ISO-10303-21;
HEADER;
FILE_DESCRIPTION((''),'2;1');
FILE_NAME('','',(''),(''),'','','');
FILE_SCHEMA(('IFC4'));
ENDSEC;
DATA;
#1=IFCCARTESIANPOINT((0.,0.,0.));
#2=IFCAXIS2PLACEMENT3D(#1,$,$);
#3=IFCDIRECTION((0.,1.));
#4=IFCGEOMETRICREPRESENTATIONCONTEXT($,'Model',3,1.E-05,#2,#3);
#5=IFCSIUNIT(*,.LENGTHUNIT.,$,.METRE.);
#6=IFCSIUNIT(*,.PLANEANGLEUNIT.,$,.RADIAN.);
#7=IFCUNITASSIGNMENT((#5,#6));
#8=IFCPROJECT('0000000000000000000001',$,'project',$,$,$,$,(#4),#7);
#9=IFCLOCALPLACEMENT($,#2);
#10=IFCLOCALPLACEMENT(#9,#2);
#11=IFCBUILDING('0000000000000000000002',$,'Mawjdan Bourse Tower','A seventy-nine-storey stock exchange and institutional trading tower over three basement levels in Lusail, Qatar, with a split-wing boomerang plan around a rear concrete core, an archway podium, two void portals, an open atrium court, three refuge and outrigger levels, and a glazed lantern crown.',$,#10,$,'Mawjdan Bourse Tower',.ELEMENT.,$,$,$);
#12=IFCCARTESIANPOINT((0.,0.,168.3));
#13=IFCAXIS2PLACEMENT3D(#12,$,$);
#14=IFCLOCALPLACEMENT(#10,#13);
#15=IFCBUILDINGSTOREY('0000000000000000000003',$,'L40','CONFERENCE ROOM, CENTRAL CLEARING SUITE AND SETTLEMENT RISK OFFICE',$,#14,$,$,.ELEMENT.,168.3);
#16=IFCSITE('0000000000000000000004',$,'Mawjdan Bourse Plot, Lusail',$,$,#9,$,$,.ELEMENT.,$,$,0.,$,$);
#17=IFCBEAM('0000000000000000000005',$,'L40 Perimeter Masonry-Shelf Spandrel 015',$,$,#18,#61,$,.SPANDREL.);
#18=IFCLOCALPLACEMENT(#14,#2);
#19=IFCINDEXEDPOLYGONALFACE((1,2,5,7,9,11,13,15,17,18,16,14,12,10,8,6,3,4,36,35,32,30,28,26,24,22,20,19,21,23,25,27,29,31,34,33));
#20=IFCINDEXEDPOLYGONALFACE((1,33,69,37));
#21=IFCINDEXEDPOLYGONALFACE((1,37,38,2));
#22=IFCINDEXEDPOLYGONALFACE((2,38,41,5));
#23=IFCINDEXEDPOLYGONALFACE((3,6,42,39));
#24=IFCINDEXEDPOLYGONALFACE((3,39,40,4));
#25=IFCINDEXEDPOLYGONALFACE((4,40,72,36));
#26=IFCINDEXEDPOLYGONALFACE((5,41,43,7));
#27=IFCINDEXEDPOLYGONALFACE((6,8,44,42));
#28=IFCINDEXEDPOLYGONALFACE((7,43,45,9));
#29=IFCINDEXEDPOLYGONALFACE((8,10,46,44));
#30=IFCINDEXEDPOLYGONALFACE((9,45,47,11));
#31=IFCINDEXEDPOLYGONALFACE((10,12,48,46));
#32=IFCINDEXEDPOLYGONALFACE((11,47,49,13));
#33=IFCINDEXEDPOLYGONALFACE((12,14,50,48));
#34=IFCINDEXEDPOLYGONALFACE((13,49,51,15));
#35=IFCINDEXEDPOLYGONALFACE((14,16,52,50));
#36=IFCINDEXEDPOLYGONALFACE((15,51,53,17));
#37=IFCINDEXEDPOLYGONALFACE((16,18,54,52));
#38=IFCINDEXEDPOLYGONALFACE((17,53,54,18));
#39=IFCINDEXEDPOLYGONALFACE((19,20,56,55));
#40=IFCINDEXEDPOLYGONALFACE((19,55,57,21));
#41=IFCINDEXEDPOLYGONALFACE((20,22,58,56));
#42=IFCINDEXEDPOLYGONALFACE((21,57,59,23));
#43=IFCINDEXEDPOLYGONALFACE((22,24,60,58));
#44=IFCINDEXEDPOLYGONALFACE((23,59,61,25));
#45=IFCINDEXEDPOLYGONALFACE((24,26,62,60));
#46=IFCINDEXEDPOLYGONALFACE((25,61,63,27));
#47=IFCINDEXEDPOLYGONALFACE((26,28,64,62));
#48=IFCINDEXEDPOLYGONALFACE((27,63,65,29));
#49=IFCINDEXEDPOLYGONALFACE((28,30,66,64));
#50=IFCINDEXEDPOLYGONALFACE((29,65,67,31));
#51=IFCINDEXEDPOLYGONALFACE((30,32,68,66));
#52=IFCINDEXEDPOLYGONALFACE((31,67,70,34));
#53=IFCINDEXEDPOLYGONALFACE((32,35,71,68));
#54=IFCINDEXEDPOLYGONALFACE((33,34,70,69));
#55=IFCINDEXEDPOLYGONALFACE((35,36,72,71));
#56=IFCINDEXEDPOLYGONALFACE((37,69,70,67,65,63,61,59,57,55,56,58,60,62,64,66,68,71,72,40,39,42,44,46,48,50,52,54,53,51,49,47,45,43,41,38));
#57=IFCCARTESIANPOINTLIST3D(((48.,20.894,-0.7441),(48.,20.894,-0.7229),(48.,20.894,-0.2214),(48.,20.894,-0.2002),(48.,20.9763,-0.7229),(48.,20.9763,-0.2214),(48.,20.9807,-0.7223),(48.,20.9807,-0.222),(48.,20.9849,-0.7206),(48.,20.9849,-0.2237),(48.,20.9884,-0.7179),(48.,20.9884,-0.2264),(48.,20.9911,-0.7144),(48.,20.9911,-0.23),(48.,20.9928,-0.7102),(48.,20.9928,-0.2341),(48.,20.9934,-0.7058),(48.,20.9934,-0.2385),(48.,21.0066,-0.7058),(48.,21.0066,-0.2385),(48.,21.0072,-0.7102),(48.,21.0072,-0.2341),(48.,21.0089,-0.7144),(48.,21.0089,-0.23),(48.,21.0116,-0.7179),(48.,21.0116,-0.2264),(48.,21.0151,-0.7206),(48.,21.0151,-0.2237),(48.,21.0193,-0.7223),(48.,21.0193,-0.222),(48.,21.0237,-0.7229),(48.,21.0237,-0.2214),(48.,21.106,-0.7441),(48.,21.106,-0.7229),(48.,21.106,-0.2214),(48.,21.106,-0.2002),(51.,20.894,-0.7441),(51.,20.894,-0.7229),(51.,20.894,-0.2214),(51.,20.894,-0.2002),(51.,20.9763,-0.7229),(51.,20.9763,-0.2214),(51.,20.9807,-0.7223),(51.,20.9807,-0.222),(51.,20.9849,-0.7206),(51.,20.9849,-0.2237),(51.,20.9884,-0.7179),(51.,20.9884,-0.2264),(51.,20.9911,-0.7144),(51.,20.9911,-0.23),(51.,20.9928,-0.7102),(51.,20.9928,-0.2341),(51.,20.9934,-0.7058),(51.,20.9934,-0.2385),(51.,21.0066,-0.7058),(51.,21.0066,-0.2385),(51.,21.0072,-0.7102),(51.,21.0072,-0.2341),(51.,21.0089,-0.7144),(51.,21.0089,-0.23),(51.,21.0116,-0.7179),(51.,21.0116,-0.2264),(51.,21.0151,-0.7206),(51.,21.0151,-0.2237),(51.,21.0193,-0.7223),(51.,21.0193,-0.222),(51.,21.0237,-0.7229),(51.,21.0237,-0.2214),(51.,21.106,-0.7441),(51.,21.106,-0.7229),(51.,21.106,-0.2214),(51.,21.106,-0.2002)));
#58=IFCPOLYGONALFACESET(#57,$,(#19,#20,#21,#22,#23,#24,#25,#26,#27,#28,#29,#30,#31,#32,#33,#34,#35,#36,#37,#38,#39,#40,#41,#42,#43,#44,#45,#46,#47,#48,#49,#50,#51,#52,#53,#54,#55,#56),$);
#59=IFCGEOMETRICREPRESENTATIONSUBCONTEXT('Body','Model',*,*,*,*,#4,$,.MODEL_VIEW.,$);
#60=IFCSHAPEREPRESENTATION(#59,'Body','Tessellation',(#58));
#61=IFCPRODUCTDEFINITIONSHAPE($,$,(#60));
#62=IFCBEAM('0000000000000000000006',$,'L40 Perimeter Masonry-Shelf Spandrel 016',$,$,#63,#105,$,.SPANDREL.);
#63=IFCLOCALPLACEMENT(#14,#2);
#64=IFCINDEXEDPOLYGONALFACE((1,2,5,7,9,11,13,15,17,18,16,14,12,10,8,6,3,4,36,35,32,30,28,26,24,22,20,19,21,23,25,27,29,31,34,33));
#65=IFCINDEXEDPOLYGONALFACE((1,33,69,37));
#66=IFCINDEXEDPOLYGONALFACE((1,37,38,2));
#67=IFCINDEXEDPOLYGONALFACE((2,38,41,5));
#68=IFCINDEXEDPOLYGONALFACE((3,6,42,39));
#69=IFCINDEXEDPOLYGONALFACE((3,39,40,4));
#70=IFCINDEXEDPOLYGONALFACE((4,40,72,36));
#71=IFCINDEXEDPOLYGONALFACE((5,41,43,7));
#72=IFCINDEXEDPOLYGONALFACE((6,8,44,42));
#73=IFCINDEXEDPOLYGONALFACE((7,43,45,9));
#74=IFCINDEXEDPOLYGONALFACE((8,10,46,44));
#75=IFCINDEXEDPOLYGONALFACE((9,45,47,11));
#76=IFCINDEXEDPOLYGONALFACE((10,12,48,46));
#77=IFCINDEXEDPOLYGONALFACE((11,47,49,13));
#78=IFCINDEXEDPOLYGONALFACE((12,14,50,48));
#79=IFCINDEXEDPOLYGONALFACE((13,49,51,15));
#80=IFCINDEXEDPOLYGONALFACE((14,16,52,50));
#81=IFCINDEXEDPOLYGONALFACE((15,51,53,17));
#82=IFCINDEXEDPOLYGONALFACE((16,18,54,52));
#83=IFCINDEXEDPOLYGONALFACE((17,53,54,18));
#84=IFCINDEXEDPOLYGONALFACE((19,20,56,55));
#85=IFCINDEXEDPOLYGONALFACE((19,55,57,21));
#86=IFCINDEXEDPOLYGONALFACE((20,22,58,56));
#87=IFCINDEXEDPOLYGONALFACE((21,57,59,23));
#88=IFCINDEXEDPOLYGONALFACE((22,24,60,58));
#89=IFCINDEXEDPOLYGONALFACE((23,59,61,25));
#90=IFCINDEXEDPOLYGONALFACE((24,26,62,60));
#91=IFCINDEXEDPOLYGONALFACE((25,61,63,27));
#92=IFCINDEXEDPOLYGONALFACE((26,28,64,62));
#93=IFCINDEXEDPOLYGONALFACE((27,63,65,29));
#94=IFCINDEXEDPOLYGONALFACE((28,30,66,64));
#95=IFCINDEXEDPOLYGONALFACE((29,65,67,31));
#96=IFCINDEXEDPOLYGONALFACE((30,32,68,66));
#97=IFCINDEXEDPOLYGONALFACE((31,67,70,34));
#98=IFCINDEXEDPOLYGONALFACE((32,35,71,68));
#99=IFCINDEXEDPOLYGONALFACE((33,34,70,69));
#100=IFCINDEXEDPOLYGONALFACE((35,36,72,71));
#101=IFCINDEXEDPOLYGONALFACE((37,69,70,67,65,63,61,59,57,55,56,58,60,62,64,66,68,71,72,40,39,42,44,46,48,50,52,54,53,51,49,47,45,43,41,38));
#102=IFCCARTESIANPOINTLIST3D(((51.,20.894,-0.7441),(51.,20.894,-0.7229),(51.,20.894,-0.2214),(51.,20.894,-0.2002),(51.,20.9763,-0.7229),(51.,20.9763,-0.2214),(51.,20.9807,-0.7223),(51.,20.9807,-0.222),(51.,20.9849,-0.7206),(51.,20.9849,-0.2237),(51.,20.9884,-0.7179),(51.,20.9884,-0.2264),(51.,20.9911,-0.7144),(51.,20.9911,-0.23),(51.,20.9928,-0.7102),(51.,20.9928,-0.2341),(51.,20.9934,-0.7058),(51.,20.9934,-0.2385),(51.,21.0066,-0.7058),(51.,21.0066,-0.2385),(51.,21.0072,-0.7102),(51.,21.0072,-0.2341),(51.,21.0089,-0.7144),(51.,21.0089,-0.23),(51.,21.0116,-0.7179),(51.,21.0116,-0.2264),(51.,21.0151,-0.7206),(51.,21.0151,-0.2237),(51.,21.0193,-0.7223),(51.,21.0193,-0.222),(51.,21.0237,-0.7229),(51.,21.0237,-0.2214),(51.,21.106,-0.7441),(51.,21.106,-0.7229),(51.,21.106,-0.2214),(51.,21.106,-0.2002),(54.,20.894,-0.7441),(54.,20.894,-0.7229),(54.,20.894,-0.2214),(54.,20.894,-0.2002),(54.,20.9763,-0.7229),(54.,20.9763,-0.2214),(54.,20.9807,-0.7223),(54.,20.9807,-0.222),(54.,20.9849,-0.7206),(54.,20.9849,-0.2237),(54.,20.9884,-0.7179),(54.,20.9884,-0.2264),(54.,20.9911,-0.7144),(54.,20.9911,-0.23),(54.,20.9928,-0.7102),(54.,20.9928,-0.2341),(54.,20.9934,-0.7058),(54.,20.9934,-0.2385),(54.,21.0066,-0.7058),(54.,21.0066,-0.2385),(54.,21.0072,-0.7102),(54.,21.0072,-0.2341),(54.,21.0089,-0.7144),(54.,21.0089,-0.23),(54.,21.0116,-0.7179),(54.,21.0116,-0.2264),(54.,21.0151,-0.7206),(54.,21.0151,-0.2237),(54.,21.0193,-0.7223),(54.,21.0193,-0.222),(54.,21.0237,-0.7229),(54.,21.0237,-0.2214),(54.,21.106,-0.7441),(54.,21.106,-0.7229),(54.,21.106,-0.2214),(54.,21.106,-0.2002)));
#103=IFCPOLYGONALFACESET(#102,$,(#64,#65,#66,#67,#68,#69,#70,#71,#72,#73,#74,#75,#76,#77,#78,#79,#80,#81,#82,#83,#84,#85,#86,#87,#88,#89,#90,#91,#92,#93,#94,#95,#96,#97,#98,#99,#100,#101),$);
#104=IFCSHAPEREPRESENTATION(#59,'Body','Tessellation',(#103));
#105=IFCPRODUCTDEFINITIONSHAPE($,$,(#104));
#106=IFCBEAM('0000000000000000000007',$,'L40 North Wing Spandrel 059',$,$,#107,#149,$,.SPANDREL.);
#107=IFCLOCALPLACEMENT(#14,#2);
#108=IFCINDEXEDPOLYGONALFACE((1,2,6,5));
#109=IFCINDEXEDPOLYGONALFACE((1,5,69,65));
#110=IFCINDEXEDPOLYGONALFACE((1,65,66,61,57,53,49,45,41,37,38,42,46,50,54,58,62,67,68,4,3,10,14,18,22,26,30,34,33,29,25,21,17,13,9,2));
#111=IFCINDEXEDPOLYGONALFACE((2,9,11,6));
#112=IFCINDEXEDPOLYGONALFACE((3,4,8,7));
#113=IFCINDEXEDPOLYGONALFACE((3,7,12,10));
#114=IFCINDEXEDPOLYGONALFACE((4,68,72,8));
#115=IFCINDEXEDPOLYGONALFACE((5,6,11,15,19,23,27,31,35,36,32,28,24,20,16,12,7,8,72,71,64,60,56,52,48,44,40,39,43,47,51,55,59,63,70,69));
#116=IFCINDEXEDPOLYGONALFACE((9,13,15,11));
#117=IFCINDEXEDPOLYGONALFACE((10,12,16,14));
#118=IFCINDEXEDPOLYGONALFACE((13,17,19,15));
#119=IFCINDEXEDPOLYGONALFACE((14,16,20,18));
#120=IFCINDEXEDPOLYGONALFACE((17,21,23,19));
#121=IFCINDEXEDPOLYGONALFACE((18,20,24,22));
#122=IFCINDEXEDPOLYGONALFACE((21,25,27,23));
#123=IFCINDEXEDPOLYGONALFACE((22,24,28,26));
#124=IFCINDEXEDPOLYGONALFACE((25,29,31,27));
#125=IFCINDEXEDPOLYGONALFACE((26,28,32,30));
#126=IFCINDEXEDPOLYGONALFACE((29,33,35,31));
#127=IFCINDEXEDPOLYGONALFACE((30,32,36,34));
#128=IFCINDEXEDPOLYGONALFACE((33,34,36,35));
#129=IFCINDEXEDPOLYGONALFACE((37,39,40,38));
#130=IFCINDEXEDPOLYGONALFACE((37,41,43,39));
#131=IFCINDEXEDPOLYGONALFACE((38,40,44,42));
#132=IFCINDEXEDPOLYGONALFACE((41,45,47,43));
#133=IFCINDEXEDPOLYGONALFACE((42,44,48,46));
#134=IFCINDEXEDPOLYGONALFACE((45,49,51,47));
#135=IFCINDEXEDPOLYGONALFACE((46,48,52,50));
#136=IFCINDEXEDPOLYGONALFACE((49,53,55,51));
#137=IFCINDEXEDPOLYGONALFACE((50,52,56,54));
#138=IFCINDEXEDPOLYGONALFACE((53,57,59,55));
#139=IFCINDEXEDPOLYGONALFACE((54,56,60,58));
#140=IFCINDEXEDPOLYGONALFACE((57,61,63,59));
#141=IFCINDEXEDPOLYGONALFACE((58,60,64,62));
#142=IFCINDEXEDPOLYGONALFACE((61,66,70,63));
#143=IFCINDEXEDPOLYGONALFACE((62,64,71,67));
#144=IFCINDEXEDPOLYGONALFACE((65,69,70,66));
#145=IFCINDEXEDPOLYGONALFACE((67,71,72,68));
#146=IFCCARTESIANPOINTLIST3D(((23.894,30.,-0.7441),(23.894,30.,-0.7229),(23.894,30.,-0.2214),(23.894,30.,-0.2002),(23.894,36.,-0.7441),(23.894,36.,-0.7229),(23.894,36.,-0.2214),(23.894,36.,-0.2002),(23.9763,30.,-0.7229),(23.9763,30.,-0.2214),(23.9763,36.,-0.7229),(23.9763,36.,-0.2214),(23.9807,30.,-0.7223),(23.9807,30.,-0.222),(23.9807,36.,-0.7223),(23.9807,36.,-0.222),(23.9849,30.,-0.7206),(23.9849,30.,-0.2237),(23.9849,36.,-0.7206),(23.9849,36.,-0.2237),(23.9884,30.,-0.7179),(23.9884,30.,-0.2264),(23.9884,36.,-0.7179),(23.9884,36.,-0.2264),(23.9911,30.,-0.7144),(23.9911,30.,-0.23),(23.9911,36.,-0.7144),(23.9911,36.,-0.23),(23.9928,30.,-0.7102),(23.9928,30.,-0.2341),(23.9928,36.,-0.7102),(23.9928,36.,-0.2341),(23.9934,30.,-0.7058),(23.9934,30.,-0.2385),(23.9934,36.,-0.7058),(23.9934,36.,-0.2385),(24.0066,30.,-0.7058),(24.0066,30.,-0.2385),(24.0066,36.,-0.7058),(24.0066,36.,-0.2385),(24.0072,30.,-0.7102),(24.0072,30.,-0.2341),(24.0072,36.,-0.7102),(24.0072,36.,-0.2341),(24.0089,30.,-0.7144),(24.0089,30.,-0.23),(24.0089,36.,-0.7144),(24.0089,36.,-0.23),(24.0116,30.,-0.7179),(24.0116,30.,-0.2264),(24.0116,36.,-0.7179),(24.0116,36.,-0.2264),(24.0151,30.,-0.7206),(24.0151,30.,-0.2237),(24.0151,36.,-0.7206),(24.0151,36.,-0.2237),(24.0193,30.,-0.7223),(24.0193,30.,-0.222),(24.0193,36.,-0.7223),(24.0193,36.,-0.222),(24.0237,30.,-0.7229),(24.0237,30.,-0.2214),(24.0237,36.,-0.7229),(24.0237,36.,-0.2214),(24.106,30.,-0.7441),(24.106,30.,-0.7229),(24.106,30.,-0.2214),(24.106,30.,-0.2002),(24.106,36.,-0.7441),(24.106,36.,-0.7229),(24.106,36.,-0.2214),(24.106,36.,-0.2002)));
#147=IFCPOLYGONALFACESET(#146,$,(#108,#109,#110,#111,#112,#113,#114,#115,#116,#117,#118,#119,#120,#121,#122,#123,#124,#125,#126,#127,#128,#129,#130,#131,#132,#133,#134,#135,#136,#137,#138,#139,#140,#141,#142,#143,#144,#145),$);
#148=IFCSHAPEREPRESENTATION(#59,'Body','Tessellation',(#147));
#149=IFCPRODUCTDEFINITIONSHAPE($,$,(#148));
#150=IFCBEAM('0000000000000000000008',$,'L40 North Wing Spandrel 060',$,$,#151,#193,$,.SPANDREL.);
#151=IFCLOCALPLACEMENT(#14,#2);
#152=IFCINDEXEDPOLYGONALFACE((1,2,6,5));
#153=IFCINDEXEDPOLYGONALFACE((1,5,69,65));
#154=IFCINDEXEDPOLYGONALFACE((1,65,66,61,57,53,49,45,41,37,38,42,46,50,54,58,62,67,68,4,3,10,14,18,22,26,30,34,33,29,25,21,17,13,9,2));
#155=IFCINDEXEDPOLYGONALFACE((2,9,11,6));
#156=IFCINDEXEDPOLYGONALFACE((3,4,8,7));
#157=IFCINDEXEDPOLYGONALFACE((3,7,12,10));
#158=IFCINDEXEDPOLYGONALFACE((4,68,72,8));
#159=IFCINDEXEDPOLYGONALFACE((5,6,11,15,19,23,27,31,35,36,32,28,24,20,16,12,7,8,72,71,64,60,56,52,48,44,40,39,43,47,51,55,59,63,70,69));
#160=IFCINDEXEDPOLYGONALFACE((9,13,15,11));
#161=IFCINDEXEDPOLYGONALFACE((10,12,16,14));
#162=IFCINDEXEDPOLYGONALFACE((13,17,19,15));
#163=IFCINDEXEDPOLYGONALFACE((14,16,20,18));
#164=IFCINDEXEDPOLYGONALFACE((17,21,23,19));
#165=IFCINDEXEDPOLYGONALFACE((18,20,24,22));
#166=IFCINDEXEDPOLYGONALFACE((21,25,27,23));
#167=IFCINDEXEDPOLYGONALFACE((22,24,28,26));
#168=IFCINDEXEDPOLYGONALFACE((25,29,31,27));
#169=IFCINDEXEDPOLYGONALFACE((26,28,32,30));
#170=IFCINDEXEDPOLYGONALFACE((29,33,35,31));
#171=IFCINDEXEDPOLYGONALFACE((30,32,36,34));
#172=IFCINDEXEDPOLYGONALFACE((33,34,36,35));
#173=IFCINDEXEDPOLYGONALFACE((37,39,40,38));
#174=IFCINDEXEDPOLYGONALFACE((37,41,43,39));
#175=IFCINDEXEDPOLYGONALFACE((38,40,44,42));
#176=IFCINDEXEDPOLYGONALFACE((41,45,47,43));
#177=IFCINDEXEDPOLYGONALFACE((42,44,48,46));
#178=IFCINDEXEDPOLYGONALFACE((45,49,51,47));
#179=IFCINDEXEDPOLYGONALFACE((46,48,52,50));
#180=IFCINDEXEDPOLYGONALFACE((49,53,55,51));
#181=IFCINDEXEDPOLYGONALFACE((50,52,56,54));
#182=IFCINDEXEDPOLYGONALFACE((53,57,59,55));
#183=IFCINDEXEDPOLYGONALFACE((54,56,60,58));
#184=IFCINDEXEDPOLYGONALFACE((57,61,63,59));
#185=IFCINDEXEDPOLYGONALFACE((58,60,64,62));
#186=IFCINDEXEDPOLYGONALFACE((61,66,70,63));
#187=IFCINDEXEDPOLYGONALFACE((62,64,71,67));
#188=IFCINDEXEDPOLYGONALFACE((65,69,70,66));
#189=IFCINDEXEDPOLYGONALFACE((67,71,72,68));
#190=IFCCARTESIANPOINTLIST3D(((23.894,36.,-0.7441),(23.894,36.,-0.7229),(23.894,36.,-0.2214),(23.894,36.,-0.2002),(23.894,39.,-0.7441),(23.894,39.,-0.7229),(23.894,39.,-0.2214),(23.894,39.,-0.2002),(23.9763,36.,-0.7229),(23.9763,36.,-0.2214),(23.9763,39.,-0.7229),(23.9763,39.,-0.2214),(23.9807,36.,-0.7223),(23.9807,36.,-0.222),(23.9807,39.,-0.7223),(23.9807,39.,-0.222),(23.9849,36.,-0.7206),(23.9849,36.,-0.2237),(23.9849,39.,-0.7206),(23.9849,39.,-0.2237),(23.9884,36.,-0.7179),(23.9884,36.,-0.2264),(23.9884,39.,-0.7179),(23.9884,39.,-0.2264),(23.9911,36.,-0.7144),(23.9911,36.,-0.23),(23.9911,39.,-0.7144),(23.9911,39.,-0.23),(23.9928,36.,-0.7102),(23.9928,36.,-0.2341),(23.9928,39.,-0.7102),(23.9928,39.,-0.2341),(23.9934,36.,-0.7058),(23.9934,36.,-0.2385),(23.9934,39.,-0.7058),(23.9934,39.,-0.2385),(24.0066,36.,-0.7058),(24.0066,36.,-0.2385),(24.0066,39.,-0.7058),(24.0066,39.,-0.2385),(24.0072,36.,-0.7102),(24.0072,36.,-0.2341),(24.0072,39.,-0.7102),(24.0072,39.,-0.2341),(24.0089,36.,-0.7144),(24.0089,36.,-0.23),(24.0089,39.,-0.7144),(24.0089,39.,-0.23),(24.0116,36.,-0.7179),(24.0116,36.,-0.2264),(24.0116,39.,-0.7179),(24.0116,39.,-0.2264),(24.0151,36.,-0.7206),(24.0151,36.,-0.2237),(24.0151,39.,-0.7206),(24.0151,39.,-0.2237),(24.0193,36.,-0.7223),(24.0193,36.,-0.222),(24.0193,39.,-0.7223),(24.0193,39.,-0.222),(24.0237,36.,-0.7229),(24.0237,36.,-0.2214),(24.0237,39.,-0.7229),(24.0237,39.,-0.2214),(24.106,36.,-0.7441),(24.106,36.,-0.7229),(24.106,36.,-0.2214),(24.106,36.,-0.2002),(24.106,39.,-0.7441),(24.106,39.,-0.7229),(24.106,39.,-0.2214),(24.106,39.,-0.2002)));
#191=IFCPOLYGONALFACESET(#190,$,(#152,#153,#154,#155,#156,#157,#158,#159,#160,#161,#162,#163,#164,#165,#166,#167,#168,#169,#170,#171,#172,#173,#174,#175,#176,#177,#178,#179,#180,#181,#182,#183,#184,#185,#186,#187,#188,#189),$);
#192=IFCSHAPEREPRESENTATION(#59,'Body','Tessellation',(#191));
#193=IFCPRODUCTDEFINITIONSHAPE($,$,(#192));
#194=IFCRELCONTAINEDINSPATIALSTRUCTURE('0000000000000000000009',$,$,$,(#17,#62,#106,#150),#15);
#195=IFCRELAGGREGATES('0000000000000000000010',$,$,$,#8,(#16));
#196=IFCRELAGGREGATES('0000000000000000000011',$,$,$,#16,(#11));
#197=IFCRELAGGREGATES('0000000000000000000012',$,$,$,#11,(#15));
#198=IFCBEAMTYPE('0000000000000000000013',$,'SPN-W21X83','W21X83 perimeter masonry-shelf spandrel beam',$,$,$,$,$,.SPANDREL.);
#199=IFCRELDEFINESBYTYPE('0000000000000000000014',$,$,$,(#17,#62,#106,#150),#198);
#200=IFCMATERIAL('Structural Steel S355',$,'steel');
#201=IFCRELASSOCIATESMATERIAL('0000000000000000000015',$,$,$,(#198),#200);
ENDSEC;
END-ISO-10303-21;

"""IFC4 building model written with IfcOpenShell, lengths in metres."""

from ifc_helpers import new_model, si_unit, direction, frame, origin, origin_2d, place, context, subcontext, project, spatial, i_section, extrude, material, material_profile, profile_set, type_object, element, save


model = new_model("IFC4")

# Units and contexts
model_context = context("Model", 3, precision=1e-05, world=origin(), true_north=direction((0.0, 1.0)))
body_context = subcontext(model_context, "Body", "Model", "MODEL_VIEW")
ifc_project = project(units=[si_unit("LENGTHUNIT", "METRE"), si_unit("PLANEANGLEUNIT", "RADIAN")], contexts=[model_context])

# Site, building, storey
site_placement = place(None, origin())
site = spatial("IfcSite", under=ifc_project, at=site_placement, Name="Mawjdan Bourse Plot, Lusail", CompositionType="ELEMENT", RefElevation=0.0)
building_placement = place(site_placement, origin())
building = spatial("IfcBuilding", under=site, at=building_placement, Name="Mawjdan Bourse Tower", Description="A seventy-nine-storey stock exchange and institutional trading tower over three basement levels in Lusail, Qatar, with a split-wing boomerang plan around a rear concrete core, an archway podium, two void portals, an open atrium court, three refuge and outrigger levels, and a glazed lantern crown.", LongName="Mawjdan Bourse Tower", CompositionType="ELEMENT")
storey_placement = place(building_placement, frame((0.0, 0.0, 168.3)))
storey = spatial("IfcBuildingStorey", under=building, at=storey_placement, Name="L40", Description="CONFERENCE ROOM, CENTRAL CLEARING SUITE AND SETTLEMENT RISK OFFICE", CompositionType="ELEMENT", Elevation=168.3)

# Beams
ifc_material_1 = material(Name="Structural Steel S355", Category="steel")
ifc_material_profile_1 = material_profile(ifc_material_1, i_section(OverallWidth=0.2119, OverallDepth=0.5439, WebThickness=0.0132, FlangeThickness=0.0212, FilletRadius=0.0171, at=origin_2d()), Name="W21X83")
ifc_profile_set_1 = profile_set([ifc_material_profile_1], Name="Structural Steel S355")
beam_type_1 = type_object("IfcBeamType", Name="SPN-W21X83", Description="W21X83 perimeter masonry-shelf spandrel beam", PredefinedType="SPANDREL", material=ifc_profile_set_1)
for number, where, z_axis, x_axis, name in (
    (1, (48.0, 21.0, -0.4722), (1.0, 0.0, 0.0), (0.0, 1.0, 0.0), "L40 Perimeter Masonry-Shelf Spandrel 015"),
    (2, (51.0, 21.0, -0.4722), (1.0, 0.0, 0.0), (0.0, 1.0, 0.0), "L40 Perimeter Masonry-Shelf Spandrel 016"),
):
    element("IfcBeam", number, at=place(storey_placement, frame(where, z_axis=z_axis, x_axis=x_axis)), inside=storey, type_object=beam_type_1, Name=name, PredefinedType="SPANDREL", context=body_context, shape_type="SweptSolid", body=[
        extrude(i_section(OverallWidth=0.2119, OverallDepth=0.5439, WebThickness=0.0132, FlangeThickness=0.0212, FilletRadius=0.0171, at=origin_2d()), origin(), (0.0, 0.0, 1.0), 3.0),
    ])
beam_1_placement = place(storey_placement, frame((24.0, 30.0, -0.4722), z_axis=(0.0, 1.0, 0.0), x_axis=(-1.0, 0.0, 0.0)))
element("IfcBeam", 3, at=beam_1_placement, inside=storey, type_object=beam_type_1, Name="L40 North Wing Spandrel 059", PredefinedType="SPANDREL", context=body_context, shape_type="SweptSolid", body=[
    extrude(i_section(OverallWidth=0.2119, OverallDepth=0.5439, WebThickness=0.0132, FlangeThickness=0.0212, FilletRadius=0.0171, at=origin_2d()), origin(), (0.0, 0.0, 1.0), 6.0),
])
for number, where, z_axis, x_axis, name in (
    (4, (24.0, 36.0, -0.4722), (0.0, 1.0, 0.0), (-1.0, 0.0, 0.0), "L40 North Wing Spandrel 060"),
):
    element("IfcBeam", number, at=place(storey_placement, frame(where, z_axis=z_axis, x_axis=x_axis)), inside=storey, type_object=beam_type_1, Name=name, PredefinedType="SPANDREL", context=body_context, shape_type="SweptSolid", body=[
        extrude(i_section(OverallWidth=0.2119, OverallDepth=0.5439, WebThickness=0.0132, FlangeThickness=0.0212, FilletRadius=0.0171, at=origin_2d()), origin(), (0.0, 0.0, 1.0), 3.0),
    ])

save(model, "model.ifc")
